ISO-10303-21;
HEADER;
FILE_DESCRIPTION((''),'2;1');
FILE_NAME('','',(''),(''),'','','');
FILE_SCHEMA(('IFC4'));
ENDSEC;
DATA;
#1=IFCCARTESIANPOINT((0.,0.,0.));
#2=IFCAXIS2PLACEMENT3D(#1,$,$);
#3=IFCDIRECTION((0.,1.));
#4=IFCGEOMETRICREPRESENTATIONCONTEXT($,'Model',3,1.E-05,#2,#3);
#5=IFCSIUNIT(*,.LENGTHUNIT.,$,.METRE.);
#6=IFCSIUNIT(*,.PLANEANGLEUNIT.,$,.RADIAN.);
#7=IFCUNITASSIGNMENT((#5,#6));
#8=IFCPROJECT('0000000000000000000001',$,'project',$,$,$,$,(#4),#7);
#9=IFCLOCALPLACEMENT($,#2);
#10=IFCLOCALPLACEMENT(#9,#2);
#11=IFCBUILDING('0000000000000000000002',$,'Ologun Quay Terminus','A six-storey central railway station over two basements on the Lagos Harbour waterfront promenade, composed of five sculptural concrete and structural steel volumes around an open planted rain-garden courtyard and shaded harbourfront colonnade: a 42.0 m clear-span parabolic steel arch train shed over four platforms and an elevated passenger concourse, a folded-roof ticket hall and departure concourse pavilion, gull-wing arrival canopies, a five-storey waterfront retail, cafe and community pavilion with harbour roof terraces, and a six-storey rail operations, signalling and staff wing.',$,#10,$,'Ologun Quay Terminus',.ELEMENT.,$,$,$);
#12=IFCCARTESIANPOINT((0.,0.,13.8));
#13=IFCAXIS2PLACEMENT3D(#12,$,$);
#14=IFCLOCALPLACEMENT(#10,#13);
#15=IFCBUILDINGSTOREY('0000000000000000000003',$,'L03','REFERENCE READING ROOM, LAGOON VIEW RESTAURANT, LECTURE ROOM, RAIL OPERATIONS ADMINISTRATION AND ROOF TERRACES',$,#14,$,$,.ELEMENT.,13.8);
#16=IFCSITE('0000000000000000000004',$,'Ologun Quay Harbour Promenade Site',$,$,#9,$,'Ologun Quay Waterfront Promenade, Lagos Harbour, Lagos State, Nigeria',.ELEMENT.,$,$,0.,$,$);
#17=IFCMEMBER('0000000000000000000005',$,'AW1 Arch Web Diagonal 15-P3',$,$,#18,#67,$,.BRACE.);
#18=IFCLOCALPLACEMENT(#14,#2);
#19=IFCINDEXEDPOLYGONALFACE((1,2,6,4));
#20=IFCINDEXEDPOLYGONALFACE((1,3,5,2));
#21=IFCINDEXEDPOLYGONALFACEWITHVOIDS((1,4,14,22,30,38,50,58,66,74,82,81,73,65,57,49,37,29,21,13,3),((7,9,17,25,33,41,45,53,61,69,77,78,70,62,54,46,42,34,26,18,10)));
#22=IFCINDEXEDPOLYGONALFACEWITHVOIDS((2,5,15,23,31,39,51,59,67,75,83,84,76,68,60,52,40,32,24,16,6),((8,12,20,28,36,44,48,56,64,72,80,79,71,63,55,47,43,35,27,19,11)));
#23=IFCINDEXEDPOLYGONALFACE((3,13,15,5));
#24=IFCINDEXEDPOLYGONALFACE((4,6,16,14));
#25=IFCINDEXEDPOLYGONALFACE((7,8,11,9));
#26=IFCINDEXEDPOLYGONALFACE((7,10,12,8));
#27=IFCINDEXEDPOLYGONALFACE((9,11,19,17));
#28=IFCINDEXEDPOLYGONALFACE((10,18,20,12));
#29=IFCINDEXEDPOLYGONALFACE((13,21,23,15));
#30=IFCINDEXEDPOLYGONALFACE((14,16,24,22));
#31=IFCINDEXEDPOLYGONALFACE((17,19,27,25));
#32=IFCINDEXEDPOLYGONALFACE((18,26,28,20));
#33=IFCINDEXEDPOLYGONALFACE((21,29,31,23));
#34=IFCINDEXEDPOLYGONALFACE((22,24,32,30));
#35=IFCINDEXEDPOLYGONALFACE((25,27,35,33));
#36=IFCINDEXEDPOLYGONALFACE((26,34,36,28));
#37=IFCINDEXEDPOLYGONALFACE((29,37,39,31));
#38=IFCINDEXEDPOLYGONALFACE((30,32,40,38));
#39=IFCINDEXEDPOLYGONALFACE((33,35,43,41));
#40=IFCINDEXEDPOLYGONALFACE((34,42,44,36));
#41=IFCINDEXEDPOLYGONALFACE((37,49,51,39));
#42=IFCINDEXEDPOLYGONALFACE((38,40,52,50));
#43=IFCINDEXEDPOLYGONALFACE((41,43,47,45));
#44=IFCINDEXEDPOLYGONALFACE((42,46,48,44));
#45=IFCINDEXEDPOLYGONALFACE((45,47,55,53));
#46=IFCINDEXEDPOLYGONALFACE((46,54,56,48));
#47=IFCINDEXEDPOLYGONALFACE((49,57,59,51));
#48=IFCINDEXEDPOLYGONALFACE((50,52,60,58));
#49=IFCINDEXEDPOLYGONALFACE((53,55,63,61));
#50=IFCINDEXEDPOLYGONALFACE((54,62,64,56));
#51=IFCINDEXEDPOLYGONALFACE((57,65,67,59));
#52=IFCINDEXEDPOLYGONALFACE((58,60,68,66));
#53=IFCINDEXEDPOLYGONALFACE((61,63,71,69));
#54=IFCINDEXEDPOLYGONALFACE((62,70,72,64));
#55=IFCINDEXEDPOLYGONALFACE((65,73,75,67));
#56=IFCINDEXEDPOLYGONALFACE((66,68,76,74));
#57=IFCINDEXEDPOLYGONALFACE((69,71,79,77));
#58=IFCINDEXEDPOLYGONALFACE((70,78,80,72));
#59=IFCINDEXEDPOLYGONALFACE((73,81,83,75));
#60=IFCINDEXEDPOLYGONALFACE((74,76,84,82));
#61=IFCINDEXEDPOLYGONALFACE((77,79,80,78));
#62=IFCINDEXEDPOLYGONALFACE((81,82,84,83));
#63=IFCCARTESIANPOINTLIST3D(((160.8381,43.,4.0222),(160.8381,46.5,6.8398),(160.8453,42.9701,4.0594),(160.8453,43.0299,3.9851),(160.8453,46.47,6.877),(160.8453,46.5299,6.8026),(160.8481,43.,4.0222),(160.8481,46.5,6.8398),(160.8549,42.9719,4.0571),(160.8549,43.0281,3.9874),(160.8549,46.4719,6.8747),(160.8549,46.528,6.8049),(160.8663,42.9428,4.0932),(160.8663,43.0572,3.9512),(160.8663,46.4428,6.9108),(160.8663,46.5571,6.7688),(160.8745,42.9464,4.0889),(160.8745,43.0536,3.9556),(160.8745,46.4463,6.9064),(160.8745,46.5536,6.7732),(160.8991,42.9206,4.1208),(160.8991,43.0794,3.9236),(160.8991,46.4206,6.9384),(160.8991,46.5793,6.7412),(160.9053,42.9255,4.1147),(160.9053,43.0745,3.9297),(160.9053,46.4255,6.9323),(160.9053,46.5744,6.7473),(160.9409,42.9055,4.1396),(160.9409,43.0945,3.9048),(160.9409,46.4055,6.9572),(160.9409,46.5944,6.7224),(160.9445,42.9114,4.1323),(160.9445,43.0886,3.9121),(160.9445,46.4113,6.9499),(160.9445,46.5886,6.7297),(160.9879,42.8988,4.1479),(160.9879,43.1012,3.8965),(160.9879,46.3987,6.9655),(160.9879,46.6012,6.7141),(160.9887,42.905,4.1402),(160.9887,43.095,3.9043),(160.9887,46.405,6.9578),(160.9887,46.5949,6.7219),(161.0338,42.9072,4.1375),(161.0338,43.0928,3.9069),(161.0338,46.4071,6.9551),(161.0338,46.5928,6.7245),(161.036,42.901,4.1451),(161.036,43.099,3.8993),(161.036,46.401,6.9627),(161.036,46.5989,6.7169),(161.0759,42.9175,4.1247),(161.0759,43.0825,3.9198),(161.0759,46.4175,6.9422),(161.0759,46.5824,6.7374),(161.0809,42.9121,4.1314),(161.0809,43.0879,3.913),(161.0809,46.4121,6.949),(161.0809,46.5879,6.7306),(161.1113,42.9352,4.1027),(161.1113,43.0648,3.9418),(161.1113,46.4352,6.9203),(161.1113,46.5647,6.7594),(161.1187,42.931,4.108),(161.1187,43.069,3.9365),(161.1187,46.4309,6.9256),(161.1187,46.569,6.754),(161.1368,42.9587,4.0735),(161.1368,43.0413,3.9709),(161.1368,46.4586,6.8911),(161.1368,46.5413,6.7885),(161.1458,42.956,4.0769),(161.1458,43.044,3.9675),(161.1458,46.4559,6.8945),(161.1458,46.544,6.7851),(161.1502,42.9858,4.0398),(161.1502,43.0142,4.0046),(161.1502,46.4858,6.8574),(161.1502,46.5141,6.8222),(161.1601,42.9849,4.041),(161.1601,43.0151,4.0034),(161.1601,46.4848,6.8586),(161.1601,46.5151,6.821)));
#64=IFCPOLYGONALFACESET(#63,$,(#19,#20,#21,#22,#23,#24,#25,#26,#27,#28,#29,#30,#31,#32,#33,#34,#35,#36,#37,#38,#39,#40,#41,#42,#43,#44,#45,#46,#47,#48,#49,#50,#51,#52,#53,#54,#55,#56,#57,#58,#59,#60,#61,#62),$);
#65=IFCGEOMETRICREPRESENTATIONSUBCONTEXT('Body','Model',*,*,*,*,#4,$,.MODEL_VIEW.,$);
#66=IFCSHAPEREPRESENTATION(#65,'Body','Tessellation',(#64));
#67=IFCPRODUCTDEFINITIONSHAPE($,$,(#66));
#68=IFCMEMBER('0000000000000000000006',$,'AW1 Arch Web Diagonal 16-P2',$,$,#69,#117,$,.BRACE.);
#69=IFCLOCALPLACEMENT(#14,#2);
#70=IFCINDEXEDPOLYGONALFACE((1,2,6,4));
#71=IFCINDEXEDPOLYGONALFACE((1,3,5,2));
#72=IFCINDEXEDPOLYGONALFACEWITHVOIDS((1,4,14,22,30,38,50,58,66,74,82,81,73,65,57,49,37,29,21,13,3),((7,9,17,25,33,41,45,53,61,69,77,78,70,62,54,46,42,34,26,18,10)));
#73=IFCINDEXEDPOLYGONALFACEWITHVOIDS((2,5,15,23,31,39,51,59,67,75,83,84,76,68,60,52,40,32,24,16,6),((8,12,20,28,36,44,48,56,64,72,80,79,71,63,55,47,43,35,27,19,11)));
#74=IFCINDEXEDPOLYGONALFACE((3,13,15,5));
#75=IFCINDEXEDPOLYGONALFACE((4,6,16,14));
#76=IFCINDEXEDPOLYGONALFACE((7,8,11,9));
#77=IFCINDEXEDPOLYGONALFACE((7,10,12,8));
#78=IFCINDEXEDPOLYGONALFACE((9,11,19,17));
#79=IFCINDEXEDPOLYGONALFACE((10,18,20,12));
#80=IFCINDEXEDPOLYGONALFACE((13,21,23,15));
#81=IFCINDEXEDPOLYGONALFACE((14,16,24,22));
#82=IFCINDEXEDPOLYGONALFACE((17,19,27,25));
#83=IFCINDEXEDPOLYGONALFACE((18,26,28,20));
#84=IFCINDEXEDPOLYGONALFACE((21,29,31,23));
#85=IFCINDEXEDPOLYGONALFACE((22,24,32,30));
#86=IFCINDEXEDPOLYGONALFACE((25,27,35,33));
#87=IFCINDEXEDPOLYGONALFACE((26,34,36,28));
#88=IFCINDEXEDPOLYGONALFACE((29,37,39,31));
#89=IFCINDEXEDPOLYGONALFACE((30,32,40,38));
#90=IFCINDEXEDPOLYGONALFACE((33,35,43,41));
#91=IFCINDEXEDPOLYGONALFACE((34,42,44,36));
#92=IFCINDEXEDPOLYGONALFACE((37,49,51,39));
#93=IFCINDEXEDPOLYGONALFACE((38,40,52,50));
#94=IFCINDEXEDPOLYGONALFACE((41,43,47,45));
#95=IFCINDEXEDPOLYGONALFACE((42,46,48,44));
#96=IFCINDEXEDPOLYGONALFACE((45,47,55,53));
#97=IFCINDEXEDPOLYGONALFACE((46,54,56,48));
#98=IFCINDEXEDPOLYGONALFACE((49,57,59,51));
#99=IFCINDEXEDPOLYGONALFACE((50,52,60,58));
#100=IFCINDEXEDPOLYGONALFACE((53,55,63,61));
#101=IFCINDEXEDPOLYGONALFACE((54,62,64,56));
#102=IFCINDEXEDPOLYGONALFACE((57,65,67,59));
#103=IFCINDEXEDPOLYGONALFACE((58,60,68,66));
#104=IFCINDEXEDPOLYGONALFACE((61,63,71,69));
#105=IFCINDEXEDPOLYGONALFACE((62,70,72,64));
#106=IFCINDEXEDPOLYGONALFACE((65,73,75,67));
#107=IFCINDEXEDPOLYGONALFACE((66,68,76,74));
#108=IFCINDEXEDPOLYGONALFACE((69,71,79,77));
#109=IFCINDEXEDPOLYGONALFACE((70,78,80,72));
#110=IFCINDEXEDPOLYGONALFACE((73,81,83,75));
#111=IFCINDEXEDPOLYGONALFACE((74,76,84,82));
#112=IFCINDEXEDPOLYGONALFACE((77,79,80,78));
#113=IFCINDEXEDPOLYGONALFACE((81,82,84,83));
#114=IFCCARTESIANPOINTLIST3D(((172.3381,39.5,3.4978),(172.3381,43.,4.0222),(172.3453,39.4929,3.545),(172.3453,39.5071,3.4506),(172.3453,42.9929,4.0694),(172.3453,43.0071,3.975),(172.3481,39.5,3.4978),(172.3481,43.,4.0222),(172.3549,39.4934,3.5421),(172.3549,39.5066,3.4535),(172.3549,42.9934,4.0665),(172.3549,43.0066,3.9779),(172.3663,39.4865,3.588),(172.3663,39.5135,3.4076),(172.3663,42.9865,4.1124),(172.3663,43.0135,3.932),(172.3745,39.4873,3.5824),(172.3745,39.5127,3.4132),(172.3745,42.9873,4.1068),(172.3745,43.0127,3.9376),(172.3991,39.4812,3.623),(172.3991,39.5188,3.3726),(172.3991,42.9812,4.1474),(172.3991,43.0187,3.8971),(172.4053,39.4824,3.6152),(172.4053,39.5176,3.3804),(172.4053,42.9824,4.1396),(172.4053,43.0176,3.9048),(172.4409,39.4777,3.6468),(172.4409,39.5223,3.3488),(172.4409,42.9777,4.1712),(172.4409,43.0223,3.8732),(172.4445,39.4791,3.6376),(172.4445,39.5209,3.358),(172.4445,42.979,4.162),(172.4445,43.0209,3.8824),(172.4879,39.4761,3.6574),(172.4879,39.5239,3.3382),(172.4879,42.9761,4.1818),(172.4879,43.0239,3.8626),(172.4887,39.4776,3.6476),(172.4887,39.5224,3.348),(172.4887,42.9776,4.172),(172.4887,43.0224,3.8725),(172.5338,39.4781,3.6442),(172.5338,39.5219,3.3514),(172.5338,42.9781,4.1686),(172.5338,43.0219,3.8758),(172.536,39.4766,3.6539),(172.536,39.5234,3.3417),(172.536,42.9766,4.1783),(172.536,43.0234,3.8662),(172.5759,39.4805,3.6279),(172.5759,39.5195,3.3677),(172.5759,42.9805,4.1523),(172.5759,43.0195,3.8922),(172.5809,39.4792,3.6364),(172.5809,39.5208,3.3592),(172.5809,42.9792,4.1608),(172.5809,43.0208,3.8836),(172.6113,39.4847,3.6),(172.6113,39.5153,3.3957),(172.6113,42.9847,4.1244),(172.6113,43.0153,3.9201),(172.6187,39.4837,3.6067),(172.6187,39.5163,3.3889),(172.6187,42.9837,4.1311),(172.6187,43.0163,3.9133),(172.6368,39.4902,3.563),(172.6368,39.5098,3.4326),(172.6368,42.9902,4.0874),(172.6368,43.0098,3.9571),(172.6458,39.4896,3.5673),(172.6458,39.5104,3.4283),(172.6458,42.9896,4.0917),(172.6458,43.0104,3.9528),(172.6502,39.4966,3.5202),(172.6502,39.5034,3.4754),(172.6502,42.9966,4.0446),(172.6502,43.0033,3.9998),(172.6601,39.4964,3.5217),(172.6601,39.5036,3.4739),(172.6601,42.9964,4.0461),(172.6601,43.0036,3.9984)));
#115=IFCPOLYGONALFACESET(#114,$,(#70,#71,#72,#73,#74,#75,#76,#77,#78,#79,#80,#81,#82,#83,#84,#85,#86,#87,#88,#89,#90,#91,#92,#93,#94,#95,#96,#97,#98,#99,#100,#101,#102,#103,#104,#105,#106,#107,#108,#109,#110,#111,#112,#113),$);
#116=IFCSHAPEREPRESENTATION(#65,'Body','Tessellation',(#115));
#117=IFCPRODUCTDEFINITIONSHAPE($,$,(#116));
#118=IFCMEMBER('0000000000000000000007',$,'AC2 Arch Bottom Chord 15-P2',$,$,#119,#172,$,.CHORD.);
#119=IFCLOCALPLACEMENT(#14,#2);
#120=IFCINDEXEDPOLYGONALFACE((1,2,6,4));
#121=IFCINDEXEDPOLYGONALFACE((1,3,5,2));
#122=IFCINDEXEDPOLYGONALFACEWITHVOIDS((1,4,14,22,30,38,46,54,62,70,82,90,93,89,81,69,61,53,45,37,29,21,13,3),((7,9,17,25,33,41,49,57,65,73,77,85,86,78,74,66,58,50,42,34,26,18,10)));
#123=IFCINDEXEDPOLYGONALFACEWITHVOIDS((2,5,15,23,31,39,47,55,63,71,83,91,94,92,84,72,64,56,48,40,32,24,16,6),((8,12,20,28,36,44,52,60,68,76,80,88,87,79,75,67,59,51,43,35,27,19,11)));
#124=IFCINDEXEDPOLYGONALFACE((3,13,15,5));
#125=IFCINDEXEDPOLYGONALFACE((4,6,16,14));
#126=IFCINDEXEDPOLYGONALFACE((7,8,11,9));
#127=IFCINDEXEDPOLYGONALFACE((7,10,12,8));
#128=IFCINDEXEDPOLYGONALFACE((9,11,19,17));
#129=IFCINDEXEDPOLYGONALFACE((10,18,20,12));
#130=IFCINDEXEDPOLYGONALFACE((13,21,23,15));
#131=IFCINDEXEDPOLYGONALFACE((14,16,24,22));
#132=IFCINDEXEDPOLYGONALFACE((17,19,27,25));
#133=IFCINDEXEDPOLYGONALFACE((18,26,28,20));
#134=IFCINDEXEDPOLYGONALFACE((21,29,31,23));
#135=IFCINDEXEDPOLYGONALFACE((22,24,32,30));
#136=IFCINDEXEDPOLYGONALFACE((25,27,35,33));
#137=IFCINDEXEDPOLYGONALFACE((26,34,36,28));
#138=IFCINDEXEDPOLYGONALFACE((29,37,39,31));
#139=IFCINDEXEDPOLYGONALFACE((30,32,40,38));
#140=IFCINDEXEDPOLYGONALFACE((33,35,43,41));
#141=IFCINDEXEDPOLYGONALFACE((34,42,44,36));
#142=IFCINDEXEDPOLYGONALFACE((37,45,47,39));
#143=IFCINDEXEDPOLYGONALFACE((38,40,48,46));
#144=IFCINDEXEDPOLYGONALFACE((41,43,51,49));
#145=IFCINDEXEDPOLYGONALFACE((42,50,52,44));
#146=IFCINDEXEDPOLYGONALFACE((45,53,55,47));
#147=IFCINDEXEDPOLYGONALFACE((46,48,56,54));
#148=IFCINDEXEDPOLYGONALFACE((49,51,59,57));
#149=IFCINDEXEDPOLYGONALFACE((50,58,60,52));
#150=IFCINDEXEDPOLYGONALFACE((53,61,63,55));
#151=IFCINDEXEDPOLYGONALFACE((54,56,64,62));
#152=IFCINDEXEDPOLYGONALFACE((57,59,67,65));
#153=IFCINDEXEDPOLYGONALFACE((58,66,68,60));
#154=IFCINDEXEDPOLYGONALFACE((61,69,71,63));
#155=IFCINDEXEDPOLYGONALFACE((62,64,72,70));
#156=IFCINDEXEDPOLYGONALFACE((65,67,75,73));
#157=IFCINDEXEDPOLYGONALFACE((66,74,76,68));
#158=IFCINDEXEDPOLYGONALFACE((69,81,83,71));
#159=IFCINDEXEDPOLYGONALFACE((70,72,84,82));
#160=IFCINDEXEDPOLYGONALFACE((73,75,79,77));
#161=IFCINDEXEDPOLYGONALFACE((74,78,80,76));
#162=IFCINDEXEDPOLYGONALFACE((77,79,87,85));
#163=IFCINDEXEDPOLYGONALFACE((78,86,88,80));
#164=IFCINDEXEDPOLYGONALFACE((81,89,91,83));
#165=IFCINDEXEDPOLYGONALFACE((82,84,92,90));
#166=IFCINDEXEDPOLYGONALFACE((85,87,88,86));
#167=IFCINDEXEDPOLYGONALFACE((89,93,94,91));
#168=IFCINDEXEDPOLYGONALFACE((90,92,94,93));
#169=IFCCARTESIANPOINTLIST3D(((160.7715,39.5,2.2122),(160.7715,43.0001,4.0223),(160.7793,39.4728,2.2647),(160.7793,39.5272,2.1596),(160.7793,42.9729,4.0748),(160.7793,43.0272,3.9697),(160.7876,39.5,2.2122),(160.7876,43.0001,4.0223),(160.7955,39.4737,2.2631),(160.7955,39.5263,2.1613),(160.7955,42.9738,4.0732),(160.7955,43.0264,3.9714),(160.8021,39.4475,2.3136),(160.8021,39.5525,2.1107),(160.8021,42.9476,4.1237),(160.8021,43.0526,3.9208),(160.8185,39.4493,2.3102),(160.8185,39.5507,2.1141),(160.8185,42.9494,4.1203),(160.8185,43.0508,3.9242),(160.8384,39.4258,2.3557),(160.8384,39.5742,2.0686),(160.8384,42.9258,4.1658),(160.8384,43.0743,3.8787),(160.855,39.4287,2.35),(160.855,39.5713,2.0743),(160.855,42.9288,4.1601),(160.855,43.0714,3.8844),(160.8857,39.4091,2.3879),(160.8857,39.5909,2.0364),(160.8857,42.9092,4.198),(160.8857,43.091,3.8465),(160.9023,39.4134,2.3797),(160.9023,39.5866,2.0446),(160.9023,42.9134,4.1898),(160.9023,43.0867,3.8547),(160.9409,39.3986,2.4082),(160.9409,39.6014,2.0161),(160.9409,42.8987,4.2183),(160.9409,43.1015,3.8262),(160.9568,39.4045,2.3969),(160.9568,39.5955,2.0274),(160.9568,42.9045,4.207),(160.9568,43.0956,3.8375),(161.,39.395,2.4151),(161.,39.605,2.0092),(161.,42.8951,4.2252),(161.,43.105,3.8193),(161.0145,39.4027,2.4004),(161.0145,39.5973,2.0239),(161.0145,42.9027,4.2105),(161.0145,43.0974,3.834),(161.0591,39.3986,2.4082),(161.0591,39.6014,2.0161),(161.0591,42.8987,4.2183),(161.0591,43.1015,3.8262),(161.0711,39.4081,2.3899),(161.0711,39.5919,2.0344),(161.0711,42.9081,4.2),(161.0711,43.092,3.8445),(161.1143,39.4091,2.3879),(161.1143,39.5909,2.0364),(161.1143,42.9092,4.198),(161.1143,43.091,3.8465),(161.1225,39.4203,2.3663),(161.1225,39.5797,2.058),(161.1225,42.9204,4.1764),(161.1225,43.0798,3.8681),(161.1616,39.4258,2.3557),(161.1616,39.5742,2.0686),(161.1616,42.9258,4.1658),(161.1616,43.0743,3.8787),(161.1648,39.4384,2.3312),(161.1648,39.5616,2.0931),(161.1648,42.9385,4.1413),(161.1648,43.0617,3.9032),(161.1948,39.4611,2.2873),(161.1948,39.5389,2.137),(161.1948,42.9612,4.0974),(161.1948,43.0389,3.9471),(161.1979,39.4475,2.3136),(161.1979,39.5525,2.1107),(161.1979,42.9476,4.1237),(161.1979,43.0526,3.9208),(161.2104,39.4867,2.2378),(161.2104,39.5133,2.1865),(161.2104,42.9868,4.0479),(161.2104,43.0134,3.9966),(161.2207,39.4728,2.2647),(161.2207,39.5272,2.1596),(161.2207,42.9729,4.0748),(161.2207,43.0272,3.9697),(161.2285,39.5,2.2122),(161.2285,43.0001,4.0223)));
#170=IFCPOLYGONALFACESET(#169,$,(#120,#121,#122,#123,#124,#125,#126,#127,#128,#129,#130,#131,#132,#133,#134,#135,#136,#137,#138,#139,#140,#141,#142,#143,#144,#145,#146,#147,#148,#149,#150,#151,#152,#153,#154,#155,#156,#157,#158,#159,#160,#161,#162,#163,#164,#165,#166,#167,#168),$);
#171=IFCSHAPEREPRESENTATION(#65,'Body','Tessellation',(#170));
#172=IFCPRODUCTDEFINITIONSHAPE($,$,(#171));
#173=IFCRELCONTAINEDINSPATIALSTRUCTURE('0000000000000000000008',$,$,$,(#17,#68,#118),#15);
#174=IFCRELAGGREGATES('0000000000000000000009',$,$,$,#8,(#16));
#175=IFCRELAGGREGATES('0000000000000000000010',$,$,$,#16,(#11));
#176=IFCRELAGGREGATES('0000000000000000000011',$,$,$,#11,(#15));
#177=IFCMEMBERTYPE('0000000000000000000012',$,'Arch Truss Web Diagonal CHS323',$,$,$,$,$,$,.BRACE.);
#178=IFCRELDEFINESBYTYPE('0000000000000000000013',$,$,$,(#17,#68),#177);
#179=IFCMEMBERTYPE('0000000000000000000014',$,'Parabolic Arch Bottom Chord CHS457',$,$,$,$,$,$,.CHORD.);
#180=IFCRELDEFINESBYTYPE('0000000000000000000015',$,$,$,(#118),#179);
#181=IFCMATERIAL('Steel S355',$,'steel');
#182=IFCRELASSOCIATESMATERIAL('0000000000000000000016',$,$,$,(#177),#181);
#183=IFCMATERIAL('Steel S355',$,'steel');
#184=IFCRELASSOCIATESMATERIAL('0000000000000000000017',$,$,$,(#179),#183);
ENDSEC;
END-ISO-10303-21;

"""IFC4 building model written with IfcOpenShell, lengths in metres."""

from ifc_helpers import new_model, si_unit, direction, frame, origin, origin_2d, place, context, subcontext, project, spatial, hollow_circle, extrude, material, material_profile, profile_set, type_object, element, save


model = new_model("IFC4")

# Units and contexts
model_context = context("Model", 3, precision=1e-05, world=origin(), true_north=direction((0.0, 1.0)))
body_context = subcontext(model_context, "Body", "Model", "MODEL_VIEW")
ifc_project = project(units=[si_unit("LENGTHUNIT", "METRE"), si_unit("PLANEANGLEUNIT", "RADIAN")], contexts=[model_context])

# Site, building, storey
site_placement = place(None, origin())
site = spatial("IfcSite", under=ifc_project, at=site_placement, Name="Ologun Quay Harbour Promenade Site", LongName="Ologun Quay Waterfront Promenade, Lagos Harbour, Lagos State, Nigeria", CompositionType="ELEMENT", RefElevation=0.0)
building_placement = place(site_placement, origin())
building = spatial("IfcBuilding", under=site, at=building_placement, Name="Ologun Quay Terminus", Description="A six-storey central railway station over two basements on the Lagos Harbour waterfront promenade, composed of five sculptural concrete and structural steel volumes around an open planted rain-garden courtyard and shaded harbourfront colonnade: a 42.0 m clear-span parabolic steel arch train shed over four platforms and an elevated passenger concourse, a folded-roof ticket hall and departure concourse pavilion, gull-wing arrival canopies, a five-storey waterfront retail, cafe and community pavilion with harbour roof terraces, and a six-storey rail operations, signalling and staff wing.", LongName="Ologun Quay Terminus", CompositionType="ELEMENT")
storey_placement = place(building_placement, frame((0.0, 0.0, 13.8)))
storey = spatial("IfcBuildingStorey", under=building, at=storey_placement, Name="L03", Description="REFERENCE READING ROOM, LAGOON VIEW RESTAURANT, LECTURE ROOM, RAIL OPERATIONS ADMINISTRATION AND ROOF TERRACES", CompositionType="ELEMENT", Elevation=13.8)

# Members
ifc_material_1 = material(Name="Steel S355", Category="steel")
ifc_material_profile_1 = material_profile(ifc_material_1, hollow_circle(Radius=0.1619, WallThickness=0.01, at=origin_2d()), Name="CHS 323.9x10")
ifc_profile_set_1 = profile_set([ifc_material_profile_1], Name="Steel S355")
member_type_1 = type_object("IfcMemberType", Name="Arch Truss Web Diagonal CHS323", PredefinedType="BRACE", material=ifc_profile_set_1)
member_1_placement = place(storey_placement, frame((161.0, 43.0, 4.0222), z_axis=(0.0, 0.778951, 0.627084), x_axis=(-1.0, 0.0, 0.0)))
element("IfcMember", 1, at=member_1_placement, inside=storey, type_object=member_type_1, Name="AW1 Arch Web Diagonal 15-P3", PredefinedType="BRACE", context=body_context, shape_type="SweptSolid", body=[
    extrude(hollow_circle(Radius=0.1619, WallThickness=0.01, at=origin_2d()), origin(), (0.0, 0.0, 1.0), 4.4932),
])
member_2_placement = place(storey_placement, frame((172.5, 39.5, 3.4978), z_axis=(0.0, 0.988961, 0.148179), x_axis=(-1.0, 0.0, 0.0)))
element("IfcMember", 2, at=member_2_placement, inside=storey, type_object=member_type_1, Name="AW1 Arch Web Diagonal 16-P2", PredefinedType="BRACE", context=body_context, shape_type="SweptSolid", body=[
    extrude(hollow_circle(Radius=0.1619, WallThickness=0.01, at=origin_2d()), origin(), (0.0, 0.0, 1.0), 3.5391),
])
ifc_material_2 = material(Name="Steel S355", Category="steel")
ifc_material_profile_2 = material_profile(ifc_material_2, hollow_circle(Radius=0.2285, WallThickness=0.0161, at=origin_2d()), Name="CHS 457x16")
ifc_profile_set_2 = profile_set([ifc_material_profile_2], Name="Steel S355")
member_type_2 = type_object("IfcMemberType", Name="Parabolic Arch Bottom Chord CHS457", PredefinedType="CHORD", material=ifc_profile_set_2)
member_3_placement = place(storey_placement, frame((161.0, 39.5, 2.2122), z_axis=(0.0, 0.888247, 0.459366), x_axis=(-1.0, 0.0, 0.0)))
element("IfcMember", 3, at=member_3_placement, inside=storey, type_object=member_type_2, Name="AC2 Arch Bottom Chord 15-P2", PredefinedType="CHORD", context=body_context, shape_type="SweptSolid", body=[
    extrude(hollow_circle(Radius=0.2285, WallThickness=0.0161, at=origin_2d()), origin(), (0.0, 0.0, 1.0), 3.9404),
])

save(model, "model.ifc")
